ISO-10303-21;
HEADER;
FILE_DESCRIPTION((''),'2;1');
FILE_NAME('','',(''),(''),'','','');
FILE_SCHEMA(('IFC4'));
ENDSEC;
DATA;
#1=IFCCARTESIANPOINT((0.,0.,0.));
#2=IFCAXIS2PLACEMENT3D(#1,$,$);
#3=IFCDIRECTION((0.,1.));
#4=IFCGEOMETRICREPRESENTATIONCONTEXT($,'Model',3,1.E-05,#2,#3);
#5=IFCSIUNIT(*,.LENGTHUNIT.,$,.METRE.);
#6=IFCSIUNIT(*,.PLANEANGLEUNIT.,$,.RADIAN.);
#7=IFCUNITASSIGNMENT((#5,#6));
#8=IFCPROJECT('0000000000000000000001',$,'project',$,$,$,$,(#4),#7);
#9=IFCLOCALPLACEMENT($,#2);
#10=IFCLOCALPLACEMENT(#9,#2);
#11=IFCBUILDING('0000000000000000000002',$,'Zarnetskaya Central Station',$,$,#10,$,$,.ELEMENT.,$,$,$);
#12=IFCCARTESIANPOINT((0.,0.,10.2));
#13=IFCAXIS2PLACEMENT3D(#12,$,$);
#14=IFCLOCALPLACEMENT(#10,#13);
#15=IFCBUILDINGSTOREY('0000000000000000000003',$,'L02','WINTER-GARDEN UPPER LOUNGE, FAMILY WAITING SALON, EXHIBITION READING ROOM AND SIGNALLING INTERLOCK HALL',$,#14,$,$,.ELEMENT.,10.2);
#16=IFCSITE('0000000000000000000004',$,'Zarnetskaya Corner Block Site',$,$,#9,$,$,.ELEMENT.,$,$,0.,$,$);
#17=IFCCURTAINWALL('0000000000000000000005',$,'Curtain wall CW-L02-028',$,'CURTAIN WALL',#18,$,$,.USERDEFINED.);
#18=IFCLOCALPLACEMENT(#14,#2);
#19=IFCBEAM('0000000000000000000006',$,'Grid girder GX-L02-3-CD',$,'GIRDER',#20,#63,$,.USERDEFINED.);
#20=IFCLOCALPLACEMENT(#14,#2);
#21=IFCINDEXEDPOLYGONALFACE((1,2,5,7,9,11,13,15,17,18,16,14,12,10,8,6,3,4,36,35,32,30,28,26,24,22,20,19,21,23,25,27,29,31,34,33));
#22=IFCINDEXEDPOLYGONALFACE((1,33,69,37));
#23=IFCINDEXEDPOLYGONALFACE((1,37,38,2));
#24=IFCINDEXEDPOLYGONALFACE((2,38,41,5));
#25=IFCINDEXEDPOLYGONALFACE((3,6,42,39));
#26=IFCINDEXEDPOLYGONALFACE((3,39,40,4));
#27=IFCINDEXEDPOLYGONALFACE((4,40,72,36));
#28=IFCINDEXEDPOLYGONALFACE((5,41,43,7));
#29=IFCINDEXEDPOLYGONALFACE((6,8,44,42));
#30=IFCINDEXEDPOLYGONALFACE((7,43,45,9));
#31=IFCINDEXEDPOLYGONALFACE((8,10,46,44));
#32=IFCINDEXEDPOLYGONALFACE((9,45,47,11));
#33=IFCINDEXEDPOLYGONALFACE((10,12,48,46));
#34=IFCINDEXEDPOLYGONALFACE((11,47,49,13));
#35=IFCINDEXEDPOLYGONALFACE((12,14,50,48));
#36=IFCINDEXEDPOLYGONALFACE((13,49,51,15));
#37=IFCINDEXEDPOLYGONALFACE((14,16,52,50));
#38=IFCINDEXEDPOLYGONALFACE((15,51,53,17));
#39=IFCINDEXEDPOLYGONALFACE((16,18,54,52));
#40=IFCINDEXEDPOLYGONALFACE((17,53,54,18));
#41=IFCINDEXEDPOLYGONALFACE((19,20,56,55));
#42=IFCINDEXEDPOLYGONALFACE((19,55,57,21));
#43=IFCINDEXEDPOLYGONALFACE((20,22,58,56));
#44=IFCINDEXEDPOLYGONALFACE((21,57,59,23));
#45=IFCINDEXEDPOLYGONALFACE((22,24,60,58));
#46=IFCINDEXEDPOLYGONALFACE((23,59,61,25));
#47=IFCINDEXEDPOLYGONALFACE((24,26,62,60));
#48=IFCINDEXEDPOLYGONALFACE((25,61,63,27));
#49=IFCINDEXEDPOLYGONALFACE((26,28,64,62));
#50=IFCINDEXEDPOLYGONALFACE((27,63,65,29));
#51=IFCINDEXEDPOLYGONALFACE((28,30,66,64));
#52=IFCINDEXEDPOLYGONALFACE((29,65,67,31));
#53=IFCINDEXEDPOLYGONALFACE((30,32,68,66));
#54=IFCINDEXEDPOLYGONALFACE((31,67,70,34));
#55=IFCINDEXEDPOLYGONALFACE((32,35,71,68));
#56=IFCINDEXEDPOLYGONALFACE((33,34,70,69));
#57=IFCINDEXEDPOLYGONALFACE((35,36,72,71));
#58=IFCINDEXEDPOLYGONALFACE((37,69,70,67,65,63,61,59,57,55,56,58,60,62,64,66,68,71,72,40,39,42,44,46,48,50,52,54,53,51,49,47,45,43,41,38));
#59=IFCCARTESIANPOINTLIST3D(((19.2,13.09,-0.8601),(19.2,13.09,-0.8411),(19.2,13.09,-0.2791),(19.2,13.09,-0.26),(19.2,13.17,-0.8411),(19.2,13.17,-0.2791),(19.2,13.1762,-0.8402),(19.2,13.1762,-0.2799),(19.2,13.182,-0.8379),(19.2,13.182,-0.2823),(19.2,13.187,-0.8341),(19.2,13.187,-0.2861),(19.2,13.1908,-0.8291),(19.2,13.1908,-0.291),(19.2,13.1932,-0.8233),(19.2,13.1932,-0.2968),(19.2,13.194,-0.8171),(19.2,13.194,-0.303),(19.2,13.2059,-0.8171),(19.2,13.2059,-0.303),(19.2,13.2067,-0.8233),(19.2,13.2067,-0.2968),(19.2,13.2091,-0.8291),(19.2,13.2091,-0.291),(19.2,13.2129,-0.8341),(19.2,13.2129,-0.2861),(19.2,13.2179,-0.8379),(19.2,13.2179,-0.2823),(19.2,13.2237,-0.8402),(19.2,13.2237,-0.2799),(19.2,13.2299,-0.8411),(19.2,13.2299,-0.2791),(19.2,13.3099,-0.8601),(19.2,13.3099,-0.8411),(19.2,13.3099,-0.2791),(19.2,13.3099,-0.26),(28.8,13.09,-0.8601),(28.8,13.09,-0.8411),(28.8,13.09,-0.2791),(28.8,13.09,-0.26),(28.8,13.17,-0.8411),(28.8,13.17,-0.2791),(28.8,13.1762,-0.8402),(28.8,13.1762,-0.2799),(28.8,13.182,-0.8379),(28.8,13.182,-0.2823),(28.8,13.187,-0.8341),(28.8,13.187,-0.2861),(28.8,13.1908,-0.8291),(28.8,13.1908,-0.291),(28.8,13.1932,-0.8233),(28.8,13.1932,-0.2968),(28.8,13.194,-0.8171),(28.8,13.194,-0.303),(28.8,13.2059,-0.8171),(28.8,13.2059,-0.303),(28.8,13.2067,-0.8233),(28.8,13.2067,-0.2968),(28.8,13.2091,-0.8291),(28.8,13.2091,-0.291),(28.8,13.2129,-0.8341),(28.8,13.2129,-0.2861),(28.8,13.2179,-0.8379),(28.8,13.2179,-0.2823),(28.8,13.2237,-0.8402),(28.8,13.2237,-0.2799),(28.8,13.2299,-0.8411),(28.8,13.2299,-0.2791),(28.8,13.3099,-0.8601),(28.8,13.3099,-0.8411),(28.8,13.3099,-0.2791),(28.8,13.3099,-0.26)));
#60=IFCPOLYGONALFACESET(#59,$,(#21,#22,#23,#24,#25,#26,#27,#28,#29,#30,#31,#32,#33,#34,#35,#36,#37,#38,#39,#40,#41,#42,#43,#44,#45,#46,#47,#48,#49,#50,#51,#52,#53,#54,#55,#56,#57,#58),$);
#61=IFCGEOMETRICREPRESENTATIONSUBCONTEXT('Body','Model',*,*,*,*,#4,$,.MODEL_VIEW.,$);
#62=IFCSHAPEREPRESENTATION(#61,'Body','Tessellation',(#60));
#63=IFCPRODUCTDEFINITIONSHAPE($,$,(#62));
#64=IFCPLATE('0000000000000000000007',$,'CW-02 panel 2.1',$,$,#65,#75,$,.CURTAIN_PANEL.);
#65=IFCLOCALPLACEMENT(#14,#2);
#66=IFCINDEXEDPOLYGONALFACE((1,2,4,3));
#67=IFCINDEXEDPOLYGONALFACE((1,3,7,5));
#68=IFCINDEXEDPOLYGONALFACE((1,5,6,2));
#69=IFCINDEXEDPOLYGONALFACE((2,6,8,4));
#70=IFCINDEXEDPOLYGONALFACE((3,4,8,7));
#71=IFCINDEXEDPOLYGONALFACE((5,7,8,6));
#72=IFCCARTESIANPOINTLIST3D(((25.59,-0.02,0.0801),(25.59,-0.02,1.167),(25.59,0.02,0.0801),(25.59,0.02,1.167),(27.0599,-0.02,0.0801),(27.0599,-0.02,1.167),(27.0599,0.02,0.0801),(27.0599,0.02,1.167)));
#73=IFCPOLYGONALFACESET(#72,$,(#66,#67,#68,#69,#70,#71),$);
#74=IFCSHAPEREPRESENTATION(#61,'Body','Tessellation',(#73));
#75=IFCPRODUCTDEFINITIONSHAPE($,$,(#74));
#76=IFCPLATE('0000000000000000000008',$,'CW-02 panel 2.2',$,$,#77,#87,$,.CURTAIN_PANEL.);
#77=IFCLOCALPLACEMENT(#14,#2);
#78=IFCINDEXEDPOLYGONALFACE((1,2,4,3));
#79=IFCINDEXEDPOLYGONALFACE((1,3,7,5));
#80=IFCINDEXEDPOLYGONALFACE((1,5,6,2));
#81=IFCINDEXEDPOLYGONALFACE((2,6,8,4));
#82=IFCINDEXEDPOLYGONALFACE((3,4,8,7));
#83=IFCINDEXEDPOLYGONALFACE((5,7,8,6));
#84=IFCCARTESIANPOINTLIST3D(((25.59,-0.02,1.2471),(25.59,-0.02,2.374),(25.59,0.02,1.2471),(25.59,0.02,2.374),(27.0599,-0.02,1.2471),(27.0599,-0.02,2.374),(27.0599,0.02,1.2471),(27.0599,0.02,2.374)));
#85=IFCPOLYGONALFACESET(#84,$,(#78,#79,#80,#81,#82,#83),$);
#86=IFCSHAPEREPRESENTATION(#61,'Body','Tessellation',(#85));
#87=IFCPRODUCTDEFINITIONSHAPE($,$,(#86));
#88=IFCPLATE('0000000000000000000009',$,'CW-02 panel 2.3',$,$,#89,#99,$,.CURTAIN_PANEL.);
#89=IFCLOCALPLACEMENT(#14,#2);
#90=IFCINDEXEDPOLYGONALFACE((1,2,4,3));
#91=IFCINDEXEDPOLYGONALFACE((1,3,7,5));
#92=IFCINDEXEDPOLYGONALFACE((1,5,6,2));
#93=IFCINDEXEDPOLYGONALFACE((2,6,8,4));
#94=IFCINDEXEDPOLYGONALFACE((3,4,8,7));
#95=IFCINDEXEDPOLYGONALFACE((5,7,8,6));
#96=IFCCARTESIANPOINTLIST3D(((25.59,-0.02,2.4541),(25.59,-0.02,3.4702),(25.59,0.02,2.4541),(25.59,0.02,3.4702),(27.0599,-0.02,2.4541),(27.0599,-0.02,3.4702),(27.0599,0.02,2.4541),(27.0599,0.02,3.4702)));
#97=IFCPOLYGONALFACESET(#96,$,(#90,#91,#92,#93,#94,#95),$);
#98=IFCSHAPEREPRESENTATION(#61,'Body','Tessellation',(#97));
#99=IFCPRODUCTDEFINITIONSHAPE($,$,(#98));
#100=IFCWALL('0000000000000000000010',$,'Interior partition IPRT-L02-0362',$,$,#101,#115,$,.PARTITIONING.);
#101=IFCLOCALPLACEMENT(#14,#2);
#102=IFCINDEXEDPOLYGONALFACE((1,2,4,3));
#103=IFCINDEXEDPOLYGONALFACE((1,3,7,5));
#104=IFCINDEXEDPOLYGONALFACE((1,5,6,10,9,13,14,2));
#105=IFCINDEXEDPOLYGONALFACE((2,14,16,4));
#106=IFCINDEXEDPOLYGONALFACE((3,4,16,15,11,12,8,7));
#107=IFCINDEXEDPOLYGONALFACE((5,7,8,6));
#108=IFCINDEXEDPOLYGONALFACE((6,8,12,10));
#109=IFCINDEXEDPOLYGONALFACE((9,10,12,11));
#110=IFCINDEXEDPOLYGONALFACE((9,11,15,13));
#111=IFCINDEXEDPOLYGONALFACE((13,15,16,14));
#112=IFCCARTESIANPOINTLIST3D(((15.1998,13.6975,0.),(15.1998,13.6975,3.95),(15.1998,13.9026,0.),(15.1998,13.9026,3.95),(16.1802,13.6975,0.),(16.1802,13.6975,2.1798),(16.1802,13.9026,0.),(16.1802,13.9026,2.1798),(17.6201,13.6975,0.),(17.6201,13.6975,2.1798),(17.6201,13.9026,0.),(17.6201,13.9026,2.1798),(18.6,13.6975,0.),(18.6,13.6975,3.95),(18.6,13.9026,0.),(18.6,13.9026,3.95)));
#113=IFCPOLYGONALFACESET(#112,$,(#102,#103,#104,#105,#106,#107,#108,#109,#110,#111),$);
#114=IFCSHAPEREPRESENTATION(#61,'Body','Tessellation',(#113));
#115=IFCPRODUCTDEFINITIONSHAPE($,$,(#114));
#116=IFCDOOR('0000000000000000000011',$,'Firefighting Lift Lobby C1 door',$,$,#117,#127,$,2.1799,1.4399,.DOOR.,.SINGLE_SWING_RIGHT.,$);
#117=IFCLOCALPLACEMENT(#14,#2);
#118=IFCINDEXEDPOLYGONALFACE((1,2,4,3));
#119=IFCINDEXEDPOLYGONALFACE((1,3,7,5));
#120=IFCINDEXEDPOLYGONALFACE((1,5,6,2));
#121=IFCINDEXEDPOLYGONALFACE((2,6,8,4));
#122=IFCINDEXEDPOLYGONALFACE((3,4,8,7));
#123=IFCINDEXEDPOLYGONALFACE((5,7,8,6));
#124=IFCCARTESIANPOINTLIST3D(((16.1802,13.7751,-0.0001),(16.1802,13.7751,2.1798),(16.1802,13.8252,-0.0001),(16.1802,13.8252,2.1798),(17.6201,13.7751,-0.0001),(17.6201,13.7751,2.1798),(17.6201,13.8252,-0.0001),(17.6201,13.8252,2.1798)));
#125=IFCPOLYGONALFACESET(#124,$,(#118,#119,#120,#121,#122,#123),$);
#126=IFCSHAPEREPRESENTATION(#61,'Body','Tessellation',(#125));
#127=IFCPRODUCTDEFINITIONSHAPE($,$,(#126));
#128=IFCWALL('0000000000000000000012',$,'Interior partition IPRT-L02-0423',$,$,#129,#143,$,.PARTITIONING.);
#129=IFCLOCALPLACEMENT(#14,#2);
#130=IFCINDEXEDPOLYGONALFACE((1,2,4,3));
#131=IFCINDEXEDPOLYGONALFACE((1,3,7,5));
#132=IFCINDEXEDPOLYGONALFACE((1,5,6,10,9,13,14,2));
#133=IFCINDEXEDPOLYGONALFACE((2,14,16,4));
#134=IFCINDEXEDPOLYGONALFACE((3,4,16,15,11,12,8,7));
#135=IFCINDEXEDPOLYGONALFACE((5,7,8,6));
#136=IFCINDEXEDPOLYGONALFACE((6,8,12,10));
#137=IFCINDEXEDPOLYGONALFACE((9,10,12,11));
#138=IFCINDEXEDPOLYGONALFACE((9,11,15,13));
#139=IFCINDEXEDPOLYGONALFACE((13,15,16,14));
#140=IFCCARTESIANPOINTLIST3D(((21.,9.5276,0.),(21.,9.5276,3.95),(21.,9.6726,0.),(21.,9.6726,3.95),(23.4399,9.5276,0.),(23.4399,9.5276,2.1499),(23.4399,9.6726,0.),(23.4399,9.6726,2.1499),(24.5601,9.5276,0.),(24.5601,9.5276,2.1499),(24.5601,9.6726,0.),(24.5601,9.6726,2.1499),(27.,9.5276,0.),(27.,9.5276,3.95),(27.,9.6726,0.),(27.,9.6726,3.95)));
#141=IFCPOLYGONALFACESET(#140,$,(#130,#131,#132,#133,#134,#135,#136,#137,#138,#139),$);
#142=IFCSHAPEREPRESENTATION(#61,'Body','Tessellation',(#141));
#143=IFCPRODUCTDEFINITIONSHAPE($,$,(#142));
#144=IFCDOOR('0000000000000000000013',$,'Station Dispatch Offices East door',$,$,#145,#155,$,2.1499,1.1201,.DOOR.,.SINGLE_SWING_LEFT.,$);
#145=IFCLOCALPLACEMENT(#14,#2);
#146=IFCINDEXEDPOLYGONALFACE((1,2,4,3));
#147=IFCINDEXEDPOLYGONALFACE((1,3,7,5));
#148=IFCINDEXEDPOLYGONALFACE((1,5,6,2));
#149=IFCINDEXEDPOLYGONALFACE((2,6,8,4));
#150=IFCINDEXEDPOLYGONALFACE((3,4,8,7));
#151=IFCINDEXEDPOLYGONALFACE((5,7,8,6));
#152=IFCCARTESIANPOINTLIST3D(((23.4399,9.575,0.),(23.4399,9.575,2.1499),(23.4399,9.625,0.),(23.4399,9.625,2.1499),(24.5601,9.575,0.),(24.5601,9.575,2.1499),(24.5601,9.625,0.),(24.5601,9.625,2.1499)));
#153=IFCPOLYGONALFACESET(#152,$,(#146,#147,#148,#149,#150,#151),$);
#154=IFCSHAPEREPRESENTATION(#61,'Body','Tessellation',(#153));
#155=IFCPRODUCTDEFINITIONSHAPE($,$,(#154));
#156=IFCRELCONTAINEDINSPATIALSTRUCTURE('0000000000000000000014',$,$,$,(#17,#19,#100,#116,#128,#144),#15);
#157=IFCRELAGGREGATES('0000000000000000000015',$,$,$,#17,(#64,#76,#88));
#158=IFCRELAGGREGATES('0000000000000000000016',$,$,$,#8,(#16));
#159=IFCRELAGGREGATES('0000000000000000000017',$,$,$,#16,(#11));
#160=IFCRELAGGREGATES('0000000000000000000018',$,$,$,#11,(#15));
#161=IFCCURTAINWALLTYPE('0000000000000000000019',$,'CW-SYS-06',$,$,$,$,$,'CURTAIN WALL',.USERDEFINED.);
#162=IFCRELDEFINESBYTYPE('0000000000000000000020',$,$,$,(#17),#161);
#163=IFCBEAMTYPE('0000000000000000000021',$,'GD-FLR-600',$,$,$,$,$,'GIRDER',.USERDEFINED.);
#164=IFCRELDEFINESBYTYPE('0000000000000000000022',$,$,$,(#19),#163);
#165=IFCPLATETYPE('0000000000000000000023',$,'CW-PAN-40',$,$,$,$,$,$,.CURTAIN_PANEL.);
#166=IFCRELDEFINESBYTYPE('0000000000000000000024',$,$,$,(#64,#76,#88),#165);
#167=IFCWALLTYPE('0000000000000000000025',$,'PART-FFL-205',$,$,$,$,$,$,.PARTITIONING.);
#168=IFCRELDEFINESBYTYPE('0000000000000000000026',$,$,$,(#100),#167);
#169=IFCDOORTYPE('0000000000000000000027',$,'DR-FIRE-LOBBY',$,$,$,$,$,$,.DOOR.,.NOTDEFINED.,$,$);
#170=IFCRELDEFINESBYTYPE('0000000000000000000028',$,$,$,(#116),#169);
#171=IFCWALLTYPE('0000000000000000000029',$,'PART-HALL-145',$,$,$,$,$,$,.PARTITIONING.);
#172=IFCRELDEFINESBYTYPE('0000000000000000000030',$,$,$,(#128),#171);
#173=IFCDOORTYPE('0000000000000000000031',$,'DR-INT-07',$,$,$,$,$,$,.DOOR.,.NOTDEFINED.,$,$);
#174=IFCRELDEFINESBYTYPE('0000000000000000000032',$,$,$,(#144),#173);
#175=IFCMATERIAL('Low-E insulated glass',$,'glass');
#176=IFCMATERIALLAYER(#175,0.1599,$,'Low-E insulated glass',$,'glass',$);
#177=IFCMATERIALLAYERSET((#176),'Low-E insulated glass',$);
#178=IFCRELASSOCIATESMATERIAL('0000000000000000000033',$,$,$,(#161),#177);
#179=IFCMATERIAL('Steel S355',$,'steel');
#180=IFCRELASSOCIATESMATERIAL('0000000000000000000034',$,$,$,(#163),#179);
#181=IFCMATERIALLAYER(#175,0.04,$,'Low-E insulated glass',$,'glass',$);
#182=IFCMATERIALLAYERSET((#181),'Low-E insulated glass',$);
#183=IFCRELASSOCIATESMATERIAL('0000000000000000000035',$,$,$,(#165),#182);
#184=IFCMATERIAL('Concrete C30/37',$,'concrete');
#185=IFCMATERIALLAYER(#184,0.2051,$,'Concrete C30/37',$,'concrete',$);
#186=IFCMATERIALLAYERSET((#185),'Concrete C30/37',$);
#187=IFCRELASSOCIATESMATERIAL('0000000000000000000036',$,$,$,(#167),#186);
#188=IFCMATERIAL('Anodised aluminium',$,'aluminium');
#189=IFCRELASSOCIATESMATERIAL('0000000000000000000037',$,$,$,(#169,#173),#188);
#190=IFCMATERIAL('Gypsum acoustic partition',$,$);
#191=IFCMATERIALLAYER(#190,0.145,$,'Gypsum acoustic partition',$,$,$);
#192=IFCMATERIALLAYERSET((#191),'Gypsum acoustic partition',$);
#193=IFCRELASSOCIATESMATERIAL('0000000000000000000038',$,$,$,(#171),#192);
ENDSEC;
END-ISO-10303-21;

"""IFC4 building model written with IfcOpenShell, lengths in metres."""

from ifc_helpers import new_model, si_unit, direction, frame, frame_2d, origin, origin_2d, place, context, subcontext, project, spatial, rectangle, i_section, extrude, material, layer, layer_set, material_profile, profile_set, type_object, element, fill, aggregate, save


model = new_model("IFC4")

# Units and contexts
model_context = context("Model", 3, precision=1e-05, world=origin(), true_north=direction((0.0, 1.0)))
body_context = subcontext(model_context, "Body", "Model", "MODEL_VIEW")
ifc_project = project(units=[si_unit("LENGTHUNIT", "METRE"), si_unit("PLANEANGLEUNIT", "RADIAN")], contexts=[model_context])

# Site, building, storey
site_placement = place(None, origin())
site = spatial("IfcSite", under=ifc_project, at=site_placement, Name="Zarnetskaya Corner Block Site", CompositionType="ELEMENT", RefElevation=0.0)
building_placement = place(site_placement, origin())
building = spatial("IfcBuilding", under=site, at=building_placement, Name="Zarnetskaya Central Station", CompositionType="ELEMENT")
storey_placement = place(building_placement, frame((0.0, 0.0, 10.2)))
storey = spatial("IfcBuildingStorey", under=building, at=storey_placement, Name="L02", Description="WINTER-GARDEN UPPER LOUNGE, FAMILY WAITING SALON, EXHIBITION READING ROOM AND SIGNALLING INTERLOCK HALL", CompositionType="ELEMENT", Elevation=10.2)

# Shared definitions
ifc_material_1 = material(Name="Steel S355", Category="steel")

# Curtain wall
ifc_material_2 = material(Name="Low-E insulated glass", Category="glass")
ifc_layer_1 = layer(ifc_material_2, 0.1599, Name="Low-E insulated glass", Category="glass")
ifc_layer_set_1 = layer_set([ifc_layer_1], Name="Low-E insulated glass")
curtain_wall_type = type_object("IfcCurtainWallType", Name="CW-SYS-06", ElementType="CURTAIN WALL", PredefinedType="USERDEFINED", material=ifc_layer_set_1)
curtain_wall_placement = place(storey_placement, origin())
curtain_wall = element("IfcCurtainWall", 1, at=curtain_wall_placement, inside=storey, type_object=curtain_wall_type, Name="Curtain wall CW-L02-028", ObjectType="CURTAIN WALL", PredefinedType="USERDEFINED")
ifc_material_3 = material(Name="Anodised aluminium", Category="aluminium")

# Beam
ifc_material_profile_1 = material_profile(ifc_material_1, i_section(OverallWidth=0.22, OverallDepth=0.6001, WebThickness=0.012, FlangeThickness=0.019, FilletRadius=0.0239, at=origin_2d()), Name="IPE 600")
ifc_profile_set_1 = profile_set([ifc_material_profile_1], Name="Steel S355")
beam_type_1 = type_object("IfcBeamType", Name="GD-FLR-600", ElementType="GIRDER", PredefinedType="USERDEFINED", material=ifc_profile_set_1)
for number, where, z_axis, x_axis, name in (
    (2, (19.2, 13.2, -0.5601), (1.0, 0.0, 0.0), (0.0, 1.0, 0.0), "Grid girder GX-L02-3-CD"),
):
    element("IfcBeam", number, at=place(storey_placement, frame(where, z_axis=z_axis, x_axis=x_axis)), inside=storey, type_object=beam_type_1, Name=name, ObjectType="GIRDER", PredefinedType="USERDEFINED", context=body_context, shape_type="SweptSolid", body=[
        extrude(i_section(OverallWidth=0.22, OverallDepth=0.6001, WebThickness=0.012, FlangeThickness=0.019, FilletRadius=0.0239, at=origin_2d()), origin(), (0.0, 0.0, 1.0), 9.6001),
    ])

# Plates
ifc_layer_2 = layer(ifc_material_2, 0.04, Name="Low-E insulated glass", Category="glass")
ifc_layer_set_2 = layer_set([ifc_layer_2], Name="Low-E insulated glass")
plate_type = type_object("IfcPlateType", Name="CW-PAN-40", PredefinedType="CURTAIN_PANEL", material=ifc_layer_set_2)
plate_1_placement = place(storey_placement, frame((26.325, 0.0, 0.0801), z_axis=(0.0, 0.0, 1.0), x_axis=(-1.0, 0.0, 0.0)))
plate_1 = element("IfcPlate", 3, at=plate_1_placement, type_object=plate_type, Name="CW-02 panel 2.1", PredefinedType="CURTAIN_PANEL", context=body_context, shape_type="SweptSolid", body=[
    extrude(rectangle(XDim=1.47, YDim=0.04, at=origin_2d()), origin(), (0.0, 0.0, 1.0), 1.0869),
])
plate_2_placement = place(storey_placement, frame((26.325, 0.0, 1.2471), z_axis=(0.0, 0.0, 1.0), x_axis=(-1.0, 0.0, 0.0)))
plate_2 = element("IfcPlate", 4, at=plate_2_placement, type_object=plate_type, Name="CW-02 panel 2.2", PredefinedType="CURTAIN_PANEL", context=body_context, shape_type="SweptSolid", body=[
    extrude(rectangle(XDim=1.47, YDim=0.04, at=origin_2d()), origin(), (0.0, 0.0, 1.0), 1.127),
])
plate_3_placement = place(storey_placement, frame((26.325, 0.0, 2.4541), z_axis=(0.0, 0.0, 1.0), x_axis=(-1.0, 0.0, 0.0)))
plate_3 = element("IfcPlate", 5, at=plate_3_placement, type_object=plate_type, Name="CW-02 panel 2.3", PredefinedType="CURTAIN_PANEL", context=body_context, shape_type="SweptSolid", body=[
    extrude(rectangle(XDim=1.47, YDim=0.04, at=origin_2d()), origin(), (0.0, 0.0, 1.0), 1.0161),
])
aggregate(curtain_wall, [plate_1, plate_2, plate_3])

# Walls, openings, doors
ifc_material_4 = material(Name="Concrete C30/37", Category="concrete")
ifc_layer_3 = layer(ifc_material_4, 0.2051, Name="Concrete C30/37", Category="concrete")
ifc_layer_set_3 = layer_set([ifc_layer_3], Name="Concrete C30/37")
wall_type_1 = type_object("IfcWallType", Name="PART-FFL-205", PredefinedType="PARTITIONING", material=ifc_layer_set_3)
wall_1_placement = place(storey_placement, frame((18.6001, 13.8, 0.0), z_axis=(0.0, 0.0, 1.0), x_axis=(-1.0, 0.0, 0.0)))
wall_1 = element("IfcWall", 6, at=wall_1_placement, inside=storey, type_object=wall_type_1, Name="Interior partition IPRT-L02-0362", PredefinedType="PARTITIONING", context=body_context, shape_type="SweptSolid", body=[
    extrude(rectangle(XDim=3.4001, YDim=0.2051, at=frame_2d((1.7002, 0.0))), origin(), (0.0, 0.0, 1.0), 3.95),
])
opening_1_placement = place(wall_1_placement, frame((0.98, 0.0, 0.0)))
opening_1 = element("IfcOpeningElement", 7, at=opening_1_placement, cuts=wall_1, PredefinedType="OPENING", context=body_context, shape_type="SweptSolid", body=[
    extrude(rectangle(XDim=1.4399, YDim=2.1799, at=frame_2d((0.72, 1.0898))), frame((0.0, 0.1125, 0.0), z_axis=(0.0, -1.0, 0.0), x_axis=(1.0, 0.0, 0.0)), (0.0, 0.0, 1.0), 0.2251),
])
door_type_1 = type_object("IfcDoorType", Name="DR-FIRE-LOBBY", OperationType="NOTDEFINED", PredefinedType="DOOR", material=ifc_material_3)
door_1_placement = place(opening_1_placement, origin())
door_1 = element("IfcDoor", 8, at=door_1_placement, inside=storey, type_object=door_type_1, Name="Firefighting Lift Lobby C1 door", OperationType="SINGLE_SWING_RIGHT", OverallHeight=2.1799, OverallWidth=1.4399, PredefinedType="DOOR", context=body_context, shape_type="SweptSolid", body=[
    extrude(rectangle(XDim=1.4399, YDim=2.1799, at=frame_2d((0.72, 1.0898))), frame((0.0, 0.0249, 0.0), z_axis=(0.0, -1.0, 0.0), x_axis=(1.0, 0.0, 0.0)), (0.0, 0.0, 1.0), 0.05),
])
fill(opening_1, door_1)
ifc_material_5 = material(Name="Gypsum acoustic partition")
ifc_layer_4 = layer(ifc_material_5, 0.145, Name="Gypsum acoustic partition")
ifc_layer_set_4 = layer_set([ifc_layer_4], Name="Gypsum acoustic partition")
wall_type_2 = type_object("IfcWallType", Name="PART-HALL-145", PredefinedType="PARTITIONING", material=ifc_layer_set_4)
wall_2_placement = place(storey_placement, frame((21.0, 9.6001, 0.0), z_axis=(0.0, 0.0, 1.0), x_axis=(1.0, 0.0, 0.0)))
wall_2 = element("IfcWall", 9, at=wall_2_placement, inside=storey, type_object=wall_type_2, Name="Interior partition IPRT-L02-0423", PredefinedType="PARTITIONING", context=body_context, shape_type="SweptSolid", body=[
    extrude(rectangle(XDim=6.0, YDim=0.145, at=frame_2d((3.0, 0.0))), origin(), (0.0, 0.0, 1.0), 3.95),
])
opening_2_placement = place(wall_2_placement, frame((2.4399, 0.0, 0.0)))
opening_2 = element("IfcOpeningElement", 10, at=opening_2_placement, cuts=wall_2, PredefinedType="OPENING", context=body_context, shape_type="SweptSolid", body=[
    extrude(rectangle(XDim=1.1201, YDim=2.1499, at=frame_2d((0.5601, 1.075))), frame((0.0, 0.0825, 0.0), z_axis=(0.0, -1.0, 0.0), x_axis=(1.0, 0.0, 0.0)), (0.0, 0.0, 1.0), 0.165),
])
door_type_2 = type_object("IfcDoorType", Name="DR-INT-07", OperationType="NOTDEFINED", PredefinedType="DOOR", material=ifc_material_3)
door_2_placement = place(opening_2_placement, origin())
door_2 = element("IfcDoor", 11, at=door_2_placement, inside=storey, type_object=door_type_2, Name="Station Dispatch Offices East door", OperationType="SINGLE_SWING_LEFT", OverallHeight=2.1499, OverallWidth=1.1201, PredefinedType="DOOR", context=body_context, shape_type="SweptSolid", body=[
    extrude(rectangle(XDim=1.1201, YDim=2.1499, at=frame_2d((0.5601, 1.075))), frame((0.0, 0.0249, 0.0), z_axis=(0.0, -1.0, 0.0), x_axis=(1.0, 0.0, 0.0)), (0.0, 0.0, 1.0), 0.05),
])
fill(opening_2, door_2)

save(model, "model.ifc")
